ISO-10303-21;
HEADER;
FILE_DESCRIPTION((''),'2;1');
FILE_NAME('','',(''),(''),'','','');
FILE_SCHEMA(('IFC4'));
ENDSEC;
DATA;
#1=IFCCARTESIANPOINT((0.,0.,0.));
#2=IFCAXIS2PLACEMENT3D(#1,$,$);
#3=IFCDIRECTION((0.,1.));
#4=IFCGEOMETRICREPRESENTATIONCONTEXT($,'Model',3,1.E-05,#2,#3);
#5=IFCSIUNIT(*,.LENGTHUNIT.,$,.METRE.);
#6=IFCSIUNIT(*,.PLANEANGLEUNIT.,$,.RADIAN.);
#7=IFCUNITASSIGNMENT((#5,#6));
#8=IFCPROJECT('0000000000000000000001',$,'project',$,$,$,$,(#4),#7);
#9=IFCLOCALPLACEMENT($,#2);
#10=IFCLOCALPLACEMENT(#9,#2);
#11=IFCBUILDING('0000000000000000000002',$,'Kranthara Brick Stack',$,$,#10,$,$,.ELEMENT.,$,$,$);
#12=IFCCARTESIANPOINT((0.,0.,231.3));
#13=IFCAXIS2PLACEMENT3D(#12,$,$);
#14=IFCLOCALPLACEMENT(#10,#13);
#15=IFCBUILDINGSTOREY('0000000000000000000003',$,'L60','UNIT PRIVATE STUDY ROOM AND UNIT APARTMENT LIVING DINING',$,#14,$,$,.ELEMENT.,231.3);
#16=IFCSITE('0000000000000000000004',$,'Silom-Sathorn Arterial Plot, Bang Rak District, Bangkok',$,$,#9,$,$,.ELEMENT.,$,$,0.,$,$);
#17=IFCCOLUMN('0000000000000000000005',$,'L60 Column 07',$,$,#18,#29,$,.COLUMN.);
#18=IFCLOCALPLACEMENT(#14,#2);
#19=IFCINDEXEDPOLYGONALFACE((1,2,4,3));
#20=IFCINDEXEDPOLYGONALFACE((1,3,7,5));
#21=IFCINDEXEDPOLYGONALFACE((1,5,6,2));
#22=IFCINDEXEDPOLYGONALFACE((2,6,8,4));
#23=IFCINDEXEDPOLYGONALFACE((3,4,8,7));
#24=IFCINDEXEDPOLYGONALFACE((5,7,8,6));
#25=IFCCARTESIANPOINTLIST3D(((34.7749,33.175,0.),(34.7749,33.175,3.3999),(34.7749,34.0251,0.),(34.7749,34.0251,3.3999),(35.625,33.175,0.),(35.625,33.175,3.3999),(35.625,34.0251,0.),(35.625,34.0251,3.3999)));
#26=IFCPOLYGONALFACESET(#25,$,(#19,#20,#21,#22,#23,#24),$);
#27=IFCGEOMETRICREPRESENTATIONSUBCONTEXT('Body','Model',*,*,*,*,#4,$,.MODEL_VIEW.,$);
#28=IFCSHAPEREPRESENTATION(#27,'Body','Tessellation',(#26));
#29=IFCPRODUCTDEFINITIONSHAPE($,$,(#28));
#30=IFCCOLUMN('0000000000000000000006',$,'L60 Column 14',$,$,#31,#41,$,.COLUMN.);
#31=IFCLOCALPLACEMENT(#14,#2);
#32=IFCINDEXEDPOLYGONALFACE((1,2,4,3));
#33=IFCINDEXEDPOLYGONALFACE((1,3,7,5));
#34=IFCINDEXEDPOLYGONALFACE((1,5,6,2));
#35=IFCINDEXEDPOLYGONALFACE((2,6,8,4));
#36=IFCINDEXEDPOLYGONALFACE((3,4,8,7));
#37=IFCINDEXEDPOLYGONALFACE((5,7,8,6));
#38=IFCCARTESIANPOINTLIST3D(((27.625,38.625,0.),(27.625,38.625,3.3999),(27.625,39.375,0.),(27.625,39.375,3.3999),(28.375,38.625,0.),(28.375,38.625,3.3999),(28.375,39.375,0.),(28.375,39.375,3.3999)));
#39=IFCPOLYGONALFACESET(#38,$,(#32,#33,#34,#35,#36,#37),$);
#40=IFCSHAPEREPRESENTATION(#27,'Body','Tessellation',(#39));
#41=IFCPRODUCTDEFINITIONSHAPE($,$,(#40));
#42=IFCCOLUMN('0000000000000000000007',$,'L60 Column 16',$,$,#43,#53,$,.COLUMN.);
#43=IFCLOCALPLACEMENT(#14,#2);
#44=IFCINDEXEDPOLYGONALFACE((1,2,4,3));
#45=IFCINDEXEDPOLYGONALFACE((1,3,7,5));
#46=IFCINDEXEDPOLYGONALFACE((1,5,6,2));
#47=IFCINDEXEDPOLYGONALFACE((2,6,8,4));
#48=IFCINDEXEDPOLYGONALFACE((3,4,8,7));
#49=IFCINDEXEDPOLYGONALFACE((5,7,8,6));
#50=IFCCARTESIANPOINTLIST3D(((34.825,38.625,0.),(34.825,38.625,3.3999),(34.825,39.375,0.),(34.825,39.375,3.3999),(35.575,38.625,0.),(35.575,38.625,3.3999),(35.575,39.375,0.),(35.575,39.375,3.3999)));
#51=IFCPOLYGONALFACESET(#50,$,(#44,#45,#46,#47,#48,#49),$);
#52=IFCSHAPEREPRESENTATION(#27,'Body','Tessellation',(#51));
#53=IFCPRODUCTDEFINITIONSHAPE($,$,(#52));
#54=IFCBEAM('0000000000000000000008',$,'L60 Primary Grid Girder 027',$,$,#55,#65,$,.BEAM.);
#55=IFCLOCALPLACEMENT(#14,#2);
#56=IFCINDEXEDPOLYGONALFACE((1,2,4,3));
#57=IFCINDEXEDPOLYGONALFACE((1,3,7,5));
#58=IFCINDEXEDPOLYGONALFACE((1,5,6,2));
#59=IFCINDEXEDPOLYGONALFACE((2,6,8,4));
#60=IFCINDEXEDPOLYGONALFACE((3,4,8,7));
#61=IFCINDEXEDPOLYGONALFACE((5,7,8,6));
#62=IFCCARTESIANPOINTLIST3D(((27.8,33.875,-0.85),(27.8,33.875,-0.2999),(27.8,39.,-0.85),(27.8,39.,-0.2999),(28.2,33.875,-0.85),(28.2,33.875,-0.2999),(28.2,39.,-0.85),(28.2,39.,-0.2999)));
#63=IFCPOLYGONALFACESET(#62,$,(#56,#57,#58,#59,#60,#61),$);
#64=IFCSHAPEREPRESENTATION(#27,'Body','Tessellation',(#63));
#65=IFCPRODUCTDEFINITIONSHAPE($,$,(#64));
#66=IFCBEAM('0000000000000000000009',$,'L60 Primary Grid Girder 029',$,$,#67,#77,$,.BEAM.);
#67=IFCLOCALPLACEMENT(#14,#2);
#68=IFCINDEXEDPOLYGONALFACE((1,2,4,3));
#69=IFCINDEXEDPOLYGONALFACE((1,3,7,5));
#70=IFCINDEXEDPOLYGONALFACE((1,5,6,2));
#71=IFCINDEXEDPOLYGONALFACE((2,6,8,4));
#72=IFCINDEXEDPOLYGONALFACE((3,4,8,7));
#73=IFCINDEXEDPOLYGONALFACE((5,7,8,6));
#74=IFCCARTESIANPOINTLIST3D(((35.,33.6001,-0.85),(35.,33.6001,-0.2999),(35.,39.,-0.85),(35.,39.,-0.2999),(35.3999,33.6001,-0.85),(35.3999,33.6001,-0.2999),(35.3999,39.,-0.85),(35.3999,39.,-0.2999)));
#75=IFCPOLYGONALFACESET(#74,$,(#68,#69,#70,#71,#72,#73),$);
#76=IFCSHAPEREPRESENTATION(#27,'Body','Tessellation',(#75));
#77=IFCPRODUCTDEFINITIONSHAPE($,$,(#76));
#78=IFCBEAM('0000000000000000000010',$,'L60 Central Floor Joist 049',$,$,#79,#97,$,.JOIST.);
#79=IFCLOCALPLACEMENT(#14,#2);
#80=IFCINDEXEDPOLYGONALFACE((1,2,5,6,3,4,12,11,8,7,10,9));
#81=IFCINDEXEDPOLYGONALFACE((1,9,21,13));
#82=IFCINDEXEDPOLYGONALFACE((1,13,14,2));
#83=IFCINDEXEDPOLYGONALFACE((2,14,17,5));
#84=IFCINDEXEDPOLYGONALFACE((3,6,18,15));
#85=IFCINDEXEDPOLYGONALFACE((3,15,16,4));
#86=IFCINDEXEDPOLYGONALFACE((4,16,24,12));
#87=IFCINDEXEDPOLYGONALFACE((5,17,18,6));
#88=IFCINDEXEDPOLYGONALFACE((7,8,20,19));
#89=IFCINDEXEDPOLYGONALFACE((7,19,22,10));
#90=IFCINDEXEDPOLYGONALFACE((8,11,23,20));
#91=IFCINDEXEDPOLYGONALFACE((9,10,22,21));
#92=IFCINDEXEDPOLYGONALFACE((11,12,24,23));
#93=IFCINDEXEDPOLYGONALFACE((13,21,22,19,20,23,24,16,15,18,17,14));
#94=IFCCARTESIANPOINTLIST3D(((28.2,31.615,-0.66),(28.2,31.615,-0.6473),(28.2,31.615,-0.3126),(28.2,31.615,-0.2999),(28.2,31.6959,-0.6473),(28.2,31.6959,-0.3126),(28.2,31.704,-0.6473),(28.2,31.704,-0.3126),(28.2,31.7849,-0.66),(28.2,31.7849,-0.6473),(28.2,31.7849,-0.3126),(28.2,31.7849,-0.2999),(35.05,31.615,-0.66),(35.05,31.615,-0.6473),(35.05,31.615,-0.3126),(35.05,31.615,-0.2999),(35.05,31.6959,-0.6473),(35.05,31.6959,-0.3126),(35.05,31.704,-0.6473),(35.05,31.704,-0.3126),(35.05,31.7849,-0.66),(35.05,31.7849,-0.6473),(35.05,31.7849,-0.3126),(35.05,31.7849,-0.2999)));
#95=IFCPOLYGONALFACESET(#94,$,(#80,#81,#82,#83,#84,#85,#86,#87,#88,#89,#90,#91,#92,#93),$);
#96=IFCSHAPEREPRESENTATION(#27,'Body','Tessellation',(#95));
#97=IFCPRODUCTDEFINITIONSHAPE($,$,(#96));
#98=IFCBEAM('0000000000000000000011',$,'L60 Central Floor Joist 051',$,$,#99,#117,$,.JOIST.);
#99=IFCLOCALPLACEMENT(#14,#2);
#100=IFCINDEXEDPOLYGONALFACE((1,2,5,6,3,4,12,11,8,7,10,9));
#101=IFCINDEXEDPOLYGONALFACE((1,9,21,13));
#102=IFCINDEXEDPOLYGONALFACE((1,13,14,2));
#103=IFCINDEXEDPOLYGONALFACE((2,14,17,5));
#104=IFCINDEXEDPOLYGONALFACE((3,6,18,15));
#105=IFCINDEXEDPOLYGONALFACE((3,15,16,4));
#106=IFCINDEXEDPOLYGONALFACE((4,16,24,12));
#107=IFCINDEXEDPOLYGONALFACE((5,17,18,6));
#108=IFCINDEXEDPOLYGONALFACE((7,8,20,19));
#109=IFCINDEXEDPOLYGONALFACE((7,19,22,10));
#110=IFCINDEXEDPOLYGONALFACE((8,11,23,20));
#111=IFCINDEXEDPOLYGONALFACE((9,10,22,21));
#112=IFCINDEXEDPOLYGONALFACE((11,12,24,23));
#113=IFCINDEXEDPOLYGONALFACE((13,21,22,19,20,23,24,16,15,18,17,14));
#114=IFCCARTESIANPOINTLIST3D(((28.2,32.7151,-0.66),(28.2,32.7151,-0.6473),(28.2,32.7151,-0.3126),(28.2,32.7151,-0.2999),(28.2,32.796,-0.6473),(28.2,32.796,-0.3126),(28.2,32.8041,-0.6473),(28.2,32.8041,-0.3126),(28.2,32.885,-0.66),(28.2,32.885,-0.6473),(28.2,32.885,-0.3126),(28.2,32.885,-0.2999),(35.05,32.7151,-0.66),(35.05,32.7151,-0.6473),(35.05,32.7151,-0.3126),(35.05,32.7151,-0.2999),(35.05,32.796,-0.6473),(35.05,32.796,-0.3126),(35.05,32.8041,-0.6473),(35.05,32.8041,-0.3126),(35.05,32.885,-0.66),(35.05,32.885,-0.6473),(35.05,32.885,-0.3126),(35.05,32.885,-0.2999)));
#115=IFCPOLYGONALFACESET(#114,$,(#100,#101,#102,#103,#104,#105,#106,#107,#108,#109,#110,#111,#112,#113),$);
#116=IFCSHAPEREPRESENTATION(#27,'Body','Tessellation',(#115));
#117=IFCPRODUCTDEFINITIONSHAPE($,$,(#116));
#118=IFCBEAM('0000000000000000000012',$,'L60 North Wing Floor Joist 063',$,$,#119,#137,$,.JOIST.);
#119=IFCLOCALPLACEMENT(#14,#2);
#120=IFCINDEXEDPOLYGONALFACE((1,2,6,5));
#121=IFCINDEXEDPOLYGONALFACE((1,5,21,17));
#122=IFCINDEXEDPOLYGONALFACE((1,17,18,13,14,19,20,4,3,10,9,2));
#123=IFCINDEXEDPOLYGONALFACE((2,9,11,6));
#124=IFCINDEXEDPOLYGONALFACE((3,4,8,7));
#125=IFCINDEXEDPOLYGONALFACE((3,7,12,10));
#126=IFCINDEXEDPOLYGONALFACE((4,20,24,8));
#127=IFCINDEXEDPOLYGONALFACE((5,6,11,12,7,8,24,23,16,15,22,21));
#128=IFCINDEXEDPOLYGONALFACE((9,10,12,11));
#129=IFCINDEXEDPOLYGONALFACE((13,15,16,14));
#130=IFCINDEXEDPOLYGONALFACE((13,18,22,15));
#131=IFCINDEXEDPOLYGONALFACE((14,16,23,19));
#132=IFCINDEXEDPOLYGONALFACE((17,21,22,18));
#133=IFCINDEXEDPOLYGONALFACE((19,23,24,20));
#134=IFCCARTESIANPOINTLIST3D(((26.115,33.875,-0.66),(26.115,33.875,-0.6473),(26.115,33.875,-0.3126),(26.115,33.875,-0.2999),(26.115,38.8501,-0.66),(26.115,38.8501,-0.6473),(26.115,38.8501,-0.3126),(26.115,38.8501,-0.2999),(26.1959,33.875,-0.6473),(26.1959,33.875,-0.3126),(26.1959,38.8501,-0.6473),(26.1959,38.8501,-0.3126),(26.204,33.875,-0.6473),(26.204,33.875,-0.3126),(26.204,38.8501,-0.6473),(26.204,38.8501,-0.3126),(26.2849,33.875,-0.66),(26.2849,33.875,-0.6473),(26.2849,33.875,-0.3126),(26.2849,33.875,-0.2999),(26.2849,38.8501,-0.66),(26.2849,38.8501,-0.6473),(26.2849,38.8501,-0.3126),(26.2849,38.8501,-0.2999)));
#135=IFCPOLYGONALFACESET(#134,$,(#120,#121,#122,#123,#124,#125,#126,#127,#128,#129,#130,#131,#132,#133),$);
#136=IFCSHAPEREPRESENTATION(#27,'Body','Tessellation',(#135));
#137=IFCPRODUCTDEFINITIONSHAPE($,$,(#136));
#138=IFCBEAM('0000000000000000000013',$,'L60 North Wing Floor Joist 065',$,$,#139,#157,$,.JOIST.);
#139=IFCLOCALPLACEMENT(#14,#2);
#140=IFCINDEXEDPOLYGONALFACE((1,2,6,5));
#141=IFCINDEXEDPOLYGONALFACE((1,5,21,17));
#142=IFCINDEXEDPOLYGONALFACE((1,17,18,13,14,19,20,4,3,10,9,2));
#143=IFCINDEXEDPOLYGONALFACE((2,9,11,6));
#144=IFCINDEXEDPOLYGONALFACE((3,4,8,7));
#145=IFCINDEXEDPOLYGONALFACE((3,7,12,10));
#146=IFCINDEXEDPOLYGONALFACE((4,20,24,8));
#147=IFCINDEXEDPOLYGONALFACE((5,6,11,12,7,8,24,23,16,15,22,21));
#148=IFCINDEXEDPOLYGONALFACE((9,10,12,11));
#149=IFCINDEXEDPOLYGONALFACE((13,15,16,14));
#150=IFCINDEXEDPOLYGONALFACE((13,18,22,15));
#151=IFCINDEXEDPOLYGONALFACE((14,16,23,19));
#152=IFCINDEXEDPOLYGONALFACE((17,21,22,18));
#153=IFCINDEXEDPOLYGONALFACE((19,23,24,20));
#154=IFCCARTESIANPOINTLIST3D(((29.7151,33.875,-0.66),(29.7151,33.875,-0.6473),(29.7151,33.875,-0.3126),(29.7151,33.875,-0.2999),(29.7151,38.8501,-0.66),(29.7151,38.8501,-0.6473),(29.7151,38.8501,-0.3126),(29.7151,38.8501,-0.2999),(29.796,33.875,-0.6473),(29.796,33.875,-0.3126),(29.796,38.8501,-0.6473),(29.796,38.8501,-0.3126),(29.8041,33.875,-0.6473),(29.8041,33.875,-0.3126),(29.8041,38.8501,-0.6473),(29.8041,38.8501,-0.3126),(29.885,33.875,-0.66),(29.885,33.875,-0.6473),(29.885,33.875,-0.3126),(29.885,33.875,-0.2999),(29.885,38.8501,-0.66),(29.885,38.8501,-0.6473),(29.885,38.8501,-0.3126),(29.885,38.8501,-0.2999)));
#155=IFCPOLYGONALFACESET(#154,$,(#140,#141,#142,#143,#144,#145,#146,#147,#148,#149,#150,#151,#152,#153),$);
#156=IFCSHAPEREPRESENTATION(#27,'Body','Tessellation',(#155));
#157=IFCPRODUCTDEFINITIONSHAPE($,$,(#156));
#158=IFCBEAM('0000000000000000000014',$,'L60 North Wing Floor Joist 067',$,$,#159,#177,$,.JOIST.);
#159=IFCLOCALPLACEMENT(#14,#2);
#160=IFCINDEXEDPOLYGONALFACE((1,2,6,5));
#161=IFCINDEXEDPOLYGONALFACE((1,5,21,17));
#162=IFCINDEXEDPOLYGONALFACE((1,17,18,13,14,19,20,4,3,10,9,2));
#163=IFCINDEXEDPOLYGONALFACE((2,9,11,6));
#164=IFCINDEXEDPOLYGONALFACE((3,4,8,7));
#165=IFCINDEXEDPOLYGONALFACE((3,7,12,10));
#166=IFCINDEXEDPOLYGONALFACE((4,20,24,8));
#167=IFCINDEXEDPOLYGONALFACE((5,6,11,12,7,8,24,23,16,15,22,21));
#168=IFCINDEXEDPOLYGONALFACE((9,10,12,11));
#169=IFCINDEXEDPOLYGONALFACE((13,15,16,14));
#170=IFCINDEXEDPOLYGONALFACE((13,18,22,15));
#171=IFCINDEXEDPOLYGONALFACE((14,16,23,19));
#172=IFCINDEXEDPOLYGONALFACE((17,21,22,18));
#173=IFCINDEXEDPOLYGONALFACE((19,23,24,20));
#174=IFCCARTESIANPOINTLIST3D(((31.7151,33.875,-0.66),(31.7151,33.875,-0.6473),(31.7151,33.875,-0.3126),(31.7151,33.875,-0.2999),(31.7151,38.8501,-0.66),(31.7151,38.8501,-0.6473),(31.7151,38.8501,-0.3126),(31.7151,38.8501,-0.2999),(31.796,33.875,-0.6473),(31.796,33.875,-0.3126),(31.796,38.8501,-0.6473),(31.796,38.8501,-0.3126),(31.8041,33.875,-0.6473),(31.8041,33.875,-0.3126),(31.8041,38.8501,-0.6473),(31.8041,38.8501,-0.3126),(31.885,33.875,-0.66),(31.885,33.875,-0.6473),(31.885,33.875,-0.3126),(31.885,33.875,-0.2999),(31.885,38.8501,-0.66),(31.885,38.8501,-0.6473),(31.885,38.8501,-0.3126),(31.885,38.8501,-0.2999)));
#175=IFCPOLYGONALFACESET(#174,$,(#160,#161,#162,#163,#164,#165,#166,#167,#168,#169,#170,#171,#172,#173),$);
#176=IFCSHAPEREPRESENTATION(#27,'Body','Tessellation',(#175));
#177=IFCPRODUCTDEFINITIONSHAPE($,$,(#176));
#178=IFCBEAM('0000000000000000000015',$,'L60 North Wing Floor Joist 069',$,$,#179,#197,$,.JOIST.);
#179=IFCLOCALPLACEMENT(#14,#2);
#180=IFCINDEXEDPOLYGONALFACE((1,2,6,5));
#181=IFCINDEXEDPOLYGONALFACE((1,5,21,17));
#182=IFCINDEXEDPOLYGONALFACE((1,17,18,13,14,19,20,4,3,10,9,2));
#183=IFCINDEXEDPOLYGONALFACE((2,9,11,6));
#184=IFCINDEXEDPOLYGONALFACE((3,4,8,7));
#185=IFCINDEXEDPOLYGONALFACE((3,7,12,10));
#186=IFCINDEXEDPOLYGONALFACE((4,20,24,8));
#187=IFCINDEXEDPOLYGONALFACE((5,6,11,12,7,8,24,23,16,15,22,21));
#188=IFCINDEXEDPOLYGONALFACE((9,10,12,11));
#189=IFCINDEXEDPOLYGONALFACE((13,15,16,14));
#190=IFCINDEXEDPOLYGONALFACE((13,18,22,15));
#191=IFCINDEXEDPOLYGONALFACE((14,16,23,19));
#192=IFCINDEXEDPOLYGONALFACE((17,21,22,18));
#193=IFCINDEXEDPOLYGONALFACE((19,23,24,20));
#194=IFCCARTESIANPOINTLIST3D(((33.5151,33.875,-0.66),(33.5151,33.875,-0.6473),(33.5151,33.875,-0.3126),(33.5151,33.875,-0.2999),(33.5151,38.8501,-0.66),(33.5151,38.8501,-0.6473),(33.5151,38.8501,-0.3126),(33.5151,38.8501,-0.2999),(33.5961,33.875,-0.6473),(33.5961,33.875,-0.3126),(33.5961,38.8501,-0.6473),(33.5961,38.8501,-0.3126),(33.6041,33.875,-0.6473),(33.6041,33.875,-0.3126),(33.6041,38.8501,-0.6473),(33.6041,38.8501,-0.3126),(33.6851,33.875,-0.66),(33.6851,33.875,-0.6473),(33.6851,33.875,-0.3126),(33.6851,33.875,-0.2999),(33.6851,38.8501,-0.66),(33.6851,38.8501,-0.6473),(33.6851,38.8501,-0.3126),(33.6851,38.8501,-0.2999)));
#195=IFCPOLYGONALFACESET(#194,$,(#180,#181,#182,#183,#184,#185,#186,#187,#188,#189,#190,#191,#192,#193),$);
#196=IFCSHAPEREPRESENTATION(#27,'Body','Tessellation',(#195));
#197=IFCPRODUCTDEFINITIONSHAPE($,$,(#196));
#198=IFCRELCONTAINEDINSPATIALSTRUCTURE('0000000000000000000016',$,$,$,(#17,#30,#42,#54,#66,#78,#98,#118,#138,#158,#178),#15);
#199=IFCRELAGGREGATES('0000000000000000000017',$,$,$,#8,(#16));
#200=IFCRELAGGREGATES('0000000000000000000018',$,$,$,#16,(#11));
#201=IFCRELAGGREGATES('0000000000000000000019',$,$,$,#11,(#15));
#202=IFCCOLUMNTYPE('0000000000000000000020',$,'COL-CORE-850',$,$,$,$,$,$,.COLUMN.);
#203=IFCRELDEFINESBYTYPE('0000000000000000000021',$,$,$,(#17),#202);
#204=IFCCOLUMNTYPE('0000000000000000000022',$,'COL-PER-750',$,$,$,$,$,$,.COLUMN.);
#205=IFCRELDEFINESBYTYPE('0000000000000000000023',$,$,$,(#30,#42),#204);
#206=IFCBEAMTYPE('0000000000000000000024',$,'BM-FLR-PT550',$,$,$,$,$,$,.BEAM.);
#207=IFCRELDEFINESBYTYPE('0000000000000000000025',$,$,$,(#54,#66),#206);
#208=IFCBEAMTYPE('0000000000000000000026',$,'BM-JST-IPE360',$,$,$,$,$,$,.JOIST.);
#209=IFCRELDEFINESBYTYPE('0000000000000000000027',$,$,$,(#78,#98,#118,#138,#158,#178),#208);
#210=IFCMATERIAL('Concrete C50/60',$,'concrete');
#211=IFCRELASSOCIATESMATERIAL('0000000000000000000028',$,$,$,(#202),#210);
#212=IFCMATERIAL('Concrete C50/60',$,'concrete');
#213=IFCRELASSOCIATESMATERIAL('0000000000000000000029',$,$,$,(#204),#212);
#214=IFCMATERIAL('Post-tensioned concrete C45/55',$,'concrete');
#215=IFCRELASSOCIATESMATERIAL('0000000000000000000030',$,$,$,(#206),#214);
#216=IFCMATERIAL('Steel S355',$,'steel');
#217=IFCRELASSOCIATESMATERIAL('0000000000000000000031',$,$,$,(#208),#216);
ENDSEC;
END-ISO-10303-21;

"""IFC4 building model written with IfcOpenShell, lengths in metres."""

from ifc_helpers import new_model, si_unit, direction, frame, origin, origin_2d, place, context, subcontext, project, spatial, rectangle, i_section, extrude, material, material_profile, profile_set, type_object, element, save


model = new_model("IFC4")

# Units and contexts
model_context = context("Model", 3, precision=1e-05, world=origin(), true_north=direction((0.0, 1.0)))
body_context = subcontext(model_context, "Body", "Model", "MODEL_VIEW")
ifc_project = project(units=[si_unit("LENGTHUNIT", "METRE"), si_unit("PLANEANGLEUNIT", "RADIAN")], contexts=[model_context])

# Site, building, storey
site_placement = place(None, origin())
site = spatial("IfcSite", under=ifc_project, at=site_placement, Name="Silom-Sathorn Arterial Plot, Bang Rak District, Bangkok", CompositionType="ELEMENT", RefElevation=0.0)
building_placement = place(site_placement, origin())
building = spatial("IfcBuilding", under=site, at=building_placement, Name="Kranthara Brick Stack", CompositionType="ELEMENT")
storey_placement = place(building_placement, frame((0.0, 0.0, 231.3)))
storey = spatial("IfcBuildingStorey", under=building, at=storey_placement, Name="L60", Description="UNIT PRIVATE STUDY ROOM AND UNIT APARTMENT LIVING DINING", CompositionType="ELEMENT", Elevation=231.3)

# Columns
ifc_material_1 = material(Name="Concrete C50/60", Category="concrete")
ifc_material_profile_1 = material_profile(ifc_material_1, rectangle(XDim=0.8501, YDim=0.8501, at=origin_2d()), Name="RC 850x850")
ifc_profile_set_1 = profile_set([ifc_material_profile_1], Name="Concrete C50/60")
column_type_1 = type_object("IfcColumnType", Name="COL-CORE-850", PredefinedType="COLUMN", material=ifc_profile_set_1)
column_placement = place(storey_placement, frame((35.2, 33.6001, 0.0), z_axis=(0.0, 0.0, 1.0), x_axis=(1.0, 0.0, 0.0)))
element("IfcColumn", 1, at=column_placement, inside=storey, type_object=column_type_1, Name="L60 Column 07", PredefinedType="COLUMN", context=body_context, shape_type="SweptSolid", body=[
    extrude(rectangle(XDim=0.8501, YDim=0.8501, at=origin_2d()), origin(), (0.0, 0.0, 1.0), 3.3999),
])
ifc_material_2 = material(Name="Concrete C50/60", Category="concrete")
ifc_material_profile_2 = material_profile(ifc_material_2, rectangle(XDim=0.75, YDim=0.75, at=origin_2d()), Name="RC 750x750")
ifc_profile_set_2 = profile_set([ifc_material_profile_2], Name="Concrete C50/60")
column_type_2 = type_object("IfcColumnType", Name="COL-PER-750", PredefinedType="COLUMN", material=ifc_profile_set_2)
for number, where, z_axis, x_axis, name in (
    (2, (28.0, 39.0, 0.0), (0.0, 0.0, 1.0), (1.0, 0.0, 0.0), "L60 Column 14"),
    (3, (35.2, 39.0, 0.0), (0.0, 0.0, 1.0), (1.0, 0.0, 0.0), "L60 Column 16"),
):
    element("IfcColumn", number, at=place(storey_placement, frame(where, z_axis=z_axis, x_axis=x_axis)), inside=storey, type_object=column_type_2, Name=name, PredefinedType="COLUMN", context=body_context, shape_type="SweptSolid", body=[
        extrude(rectangle(XDim=0.75, YDim=0.75, at=origin_2d()), origin(), (0.0, 0.0, 1.0), 3.3999),
    ])

# Beams
ifc_material_3 = material(Name="Post-tensioned concrete C45/55", Category="concrete")
ifc_material_profile_3 = material_profile(ifc_material_3, rectangle(XDim=0.3999, YDim=0.55, at=origin_2d()), Name="PT 400x550")
ifc_profile_set_3 = profile_set([ifc_material_profile_3], Name="Post-tensioned concrete C45/55")
beam_type_1 = type_object("IfcBeamType", Name="BM-FLR-PT550", PredefinedType="BEAM", material=ifc_profile_set_3)
beam_1_placement = place(storey_placement, frame((28.0, 33.875, -0.575), z_axis=(0.0, 1.0, 0.0), x_axis=(-1.0, 0.0, 0.0)))
element("IfcBeam", 4, at=beam_1_placement, inside=storey, type_object=beam_type_1, Name="L60 Primary Grid Girder 027", PredefinedType="BEAM", context=body_context, shape_type="SweptSolid", body=[
    extrude(rectangle(XDim=0.3999, YDim=0.55, at=origin_2d()), origin(), (0.0, 0.0, 1.0), 5.125),
])
beam_2_placement = place(storey_placement, frame((35.2, 33.6001, -0.575), z_axis=(0.0, 1.0, 0.0), x_axis=(-1.0, 0.0, 0.0)))
element("IfcBeam", 5, at=beam_2_placement, inside=storey, type_object=beam_type_1, Name="L60 Primary Grid Girder 029", PredefinedType="BEAM", context=body_context, shape_type="SweptSolid", body=[
    extrude(rectangle(XDim=0.3999, YDim=0.55, at=origin_2d()), origin(), (0.0, 0.0, 1.0), 5.3999),
])
ifc_material_4 = material(Name="Steel S355", Category="steel")
ifc_material_profile_4 = material_profile(ifc_material_4, i_section(OverallWidth=0.1699, OverallDepth=0.3601, WebThickness=0.0081, FlangeThickness=0.0127, at=origin_2d()), Name="IPE 360")
ifc_profile_set_4 = profile_set([ifc_material_profile_4], Name="Steel S355")
beam_type_2 = type_object("IfcBeamType", Name="BM-JST-IPE360", PredefinedType="JOIST", material=ifc_profile_set_4)
for number, where, z_axis, x_axis, name in (
    (6, (28.2, 31.7, -0.48), (1.0, 0.0, 0.0), (0.0, 1.0, 0.0), "L60 Central Floor Joist 049"),
    (7, (28.2, 32.8, -0.48), (1.0, 0.0, 0.0), (0.0, 1.0, 0.0), "L60 Central Floor Joist 051"),
):
    element("IfcBeam", number, at=place(storey_placement, frame(where, z_axis=z_axis, x_axis=x_axis)), inside=storey, type_object=beam_type_2, Name=name, PredefinedType="JOIST", context=body_context, shape_type="SweptSolid", body=[
        extrude(i_section(OverallWidth=0.1699, OverallDepth=0.3601, WebThickness=0.0081, FlangeThickness=0.0127, at=origin_2d()), origin(), (0.0, 0.0, 1.0), 6.8501),
    ])
for number, where, z_axis, x_axis, name in (
    (8, (26.2, 33.875, -0.48), (0.0, 1.0, 0.0), (-1.0, 0.0, 0.0), "L60 North Wing Floor Joist 063"),
    (9, (29.8, 33.875, -0.48), (0.0, 1.0, 0.0), (-1.0, 0.0, 0.0), "L60 North Wing Floor Joist 065"),
    (10, (31.8, 33.875, -0.48), (0.0, 1.0, 0.0), (-1.0, 0.0, 0.0), "L60 North Wing Floor Joist 067"),
    (11, (33.6001, 33.875, -0.48), (0.0, 1.0, 0.0), (-1.0, 0.0, 0.0), "L60 North Wing Floor Joist 069"),
):
    element("IfcBeam", number, at=place(storey_placement, frame(where, z_axis=z_axis, x_axis=x_axis)), inside=storey, type_object=beam_type_2, Name=name, PredefinedType="JOIST", context=body_context, shape_type="SweptSolid", body=[
        extrude(i_section(OverallWidth=0.1699, OverallDepth=0.3601, WebThickness=0.0081, FlangeThickness=0.0127, at=origin_2d()), origin(), (0.0, 0.0, 1.0), 4.9751),
    ])

save(model, "model.ifc")
